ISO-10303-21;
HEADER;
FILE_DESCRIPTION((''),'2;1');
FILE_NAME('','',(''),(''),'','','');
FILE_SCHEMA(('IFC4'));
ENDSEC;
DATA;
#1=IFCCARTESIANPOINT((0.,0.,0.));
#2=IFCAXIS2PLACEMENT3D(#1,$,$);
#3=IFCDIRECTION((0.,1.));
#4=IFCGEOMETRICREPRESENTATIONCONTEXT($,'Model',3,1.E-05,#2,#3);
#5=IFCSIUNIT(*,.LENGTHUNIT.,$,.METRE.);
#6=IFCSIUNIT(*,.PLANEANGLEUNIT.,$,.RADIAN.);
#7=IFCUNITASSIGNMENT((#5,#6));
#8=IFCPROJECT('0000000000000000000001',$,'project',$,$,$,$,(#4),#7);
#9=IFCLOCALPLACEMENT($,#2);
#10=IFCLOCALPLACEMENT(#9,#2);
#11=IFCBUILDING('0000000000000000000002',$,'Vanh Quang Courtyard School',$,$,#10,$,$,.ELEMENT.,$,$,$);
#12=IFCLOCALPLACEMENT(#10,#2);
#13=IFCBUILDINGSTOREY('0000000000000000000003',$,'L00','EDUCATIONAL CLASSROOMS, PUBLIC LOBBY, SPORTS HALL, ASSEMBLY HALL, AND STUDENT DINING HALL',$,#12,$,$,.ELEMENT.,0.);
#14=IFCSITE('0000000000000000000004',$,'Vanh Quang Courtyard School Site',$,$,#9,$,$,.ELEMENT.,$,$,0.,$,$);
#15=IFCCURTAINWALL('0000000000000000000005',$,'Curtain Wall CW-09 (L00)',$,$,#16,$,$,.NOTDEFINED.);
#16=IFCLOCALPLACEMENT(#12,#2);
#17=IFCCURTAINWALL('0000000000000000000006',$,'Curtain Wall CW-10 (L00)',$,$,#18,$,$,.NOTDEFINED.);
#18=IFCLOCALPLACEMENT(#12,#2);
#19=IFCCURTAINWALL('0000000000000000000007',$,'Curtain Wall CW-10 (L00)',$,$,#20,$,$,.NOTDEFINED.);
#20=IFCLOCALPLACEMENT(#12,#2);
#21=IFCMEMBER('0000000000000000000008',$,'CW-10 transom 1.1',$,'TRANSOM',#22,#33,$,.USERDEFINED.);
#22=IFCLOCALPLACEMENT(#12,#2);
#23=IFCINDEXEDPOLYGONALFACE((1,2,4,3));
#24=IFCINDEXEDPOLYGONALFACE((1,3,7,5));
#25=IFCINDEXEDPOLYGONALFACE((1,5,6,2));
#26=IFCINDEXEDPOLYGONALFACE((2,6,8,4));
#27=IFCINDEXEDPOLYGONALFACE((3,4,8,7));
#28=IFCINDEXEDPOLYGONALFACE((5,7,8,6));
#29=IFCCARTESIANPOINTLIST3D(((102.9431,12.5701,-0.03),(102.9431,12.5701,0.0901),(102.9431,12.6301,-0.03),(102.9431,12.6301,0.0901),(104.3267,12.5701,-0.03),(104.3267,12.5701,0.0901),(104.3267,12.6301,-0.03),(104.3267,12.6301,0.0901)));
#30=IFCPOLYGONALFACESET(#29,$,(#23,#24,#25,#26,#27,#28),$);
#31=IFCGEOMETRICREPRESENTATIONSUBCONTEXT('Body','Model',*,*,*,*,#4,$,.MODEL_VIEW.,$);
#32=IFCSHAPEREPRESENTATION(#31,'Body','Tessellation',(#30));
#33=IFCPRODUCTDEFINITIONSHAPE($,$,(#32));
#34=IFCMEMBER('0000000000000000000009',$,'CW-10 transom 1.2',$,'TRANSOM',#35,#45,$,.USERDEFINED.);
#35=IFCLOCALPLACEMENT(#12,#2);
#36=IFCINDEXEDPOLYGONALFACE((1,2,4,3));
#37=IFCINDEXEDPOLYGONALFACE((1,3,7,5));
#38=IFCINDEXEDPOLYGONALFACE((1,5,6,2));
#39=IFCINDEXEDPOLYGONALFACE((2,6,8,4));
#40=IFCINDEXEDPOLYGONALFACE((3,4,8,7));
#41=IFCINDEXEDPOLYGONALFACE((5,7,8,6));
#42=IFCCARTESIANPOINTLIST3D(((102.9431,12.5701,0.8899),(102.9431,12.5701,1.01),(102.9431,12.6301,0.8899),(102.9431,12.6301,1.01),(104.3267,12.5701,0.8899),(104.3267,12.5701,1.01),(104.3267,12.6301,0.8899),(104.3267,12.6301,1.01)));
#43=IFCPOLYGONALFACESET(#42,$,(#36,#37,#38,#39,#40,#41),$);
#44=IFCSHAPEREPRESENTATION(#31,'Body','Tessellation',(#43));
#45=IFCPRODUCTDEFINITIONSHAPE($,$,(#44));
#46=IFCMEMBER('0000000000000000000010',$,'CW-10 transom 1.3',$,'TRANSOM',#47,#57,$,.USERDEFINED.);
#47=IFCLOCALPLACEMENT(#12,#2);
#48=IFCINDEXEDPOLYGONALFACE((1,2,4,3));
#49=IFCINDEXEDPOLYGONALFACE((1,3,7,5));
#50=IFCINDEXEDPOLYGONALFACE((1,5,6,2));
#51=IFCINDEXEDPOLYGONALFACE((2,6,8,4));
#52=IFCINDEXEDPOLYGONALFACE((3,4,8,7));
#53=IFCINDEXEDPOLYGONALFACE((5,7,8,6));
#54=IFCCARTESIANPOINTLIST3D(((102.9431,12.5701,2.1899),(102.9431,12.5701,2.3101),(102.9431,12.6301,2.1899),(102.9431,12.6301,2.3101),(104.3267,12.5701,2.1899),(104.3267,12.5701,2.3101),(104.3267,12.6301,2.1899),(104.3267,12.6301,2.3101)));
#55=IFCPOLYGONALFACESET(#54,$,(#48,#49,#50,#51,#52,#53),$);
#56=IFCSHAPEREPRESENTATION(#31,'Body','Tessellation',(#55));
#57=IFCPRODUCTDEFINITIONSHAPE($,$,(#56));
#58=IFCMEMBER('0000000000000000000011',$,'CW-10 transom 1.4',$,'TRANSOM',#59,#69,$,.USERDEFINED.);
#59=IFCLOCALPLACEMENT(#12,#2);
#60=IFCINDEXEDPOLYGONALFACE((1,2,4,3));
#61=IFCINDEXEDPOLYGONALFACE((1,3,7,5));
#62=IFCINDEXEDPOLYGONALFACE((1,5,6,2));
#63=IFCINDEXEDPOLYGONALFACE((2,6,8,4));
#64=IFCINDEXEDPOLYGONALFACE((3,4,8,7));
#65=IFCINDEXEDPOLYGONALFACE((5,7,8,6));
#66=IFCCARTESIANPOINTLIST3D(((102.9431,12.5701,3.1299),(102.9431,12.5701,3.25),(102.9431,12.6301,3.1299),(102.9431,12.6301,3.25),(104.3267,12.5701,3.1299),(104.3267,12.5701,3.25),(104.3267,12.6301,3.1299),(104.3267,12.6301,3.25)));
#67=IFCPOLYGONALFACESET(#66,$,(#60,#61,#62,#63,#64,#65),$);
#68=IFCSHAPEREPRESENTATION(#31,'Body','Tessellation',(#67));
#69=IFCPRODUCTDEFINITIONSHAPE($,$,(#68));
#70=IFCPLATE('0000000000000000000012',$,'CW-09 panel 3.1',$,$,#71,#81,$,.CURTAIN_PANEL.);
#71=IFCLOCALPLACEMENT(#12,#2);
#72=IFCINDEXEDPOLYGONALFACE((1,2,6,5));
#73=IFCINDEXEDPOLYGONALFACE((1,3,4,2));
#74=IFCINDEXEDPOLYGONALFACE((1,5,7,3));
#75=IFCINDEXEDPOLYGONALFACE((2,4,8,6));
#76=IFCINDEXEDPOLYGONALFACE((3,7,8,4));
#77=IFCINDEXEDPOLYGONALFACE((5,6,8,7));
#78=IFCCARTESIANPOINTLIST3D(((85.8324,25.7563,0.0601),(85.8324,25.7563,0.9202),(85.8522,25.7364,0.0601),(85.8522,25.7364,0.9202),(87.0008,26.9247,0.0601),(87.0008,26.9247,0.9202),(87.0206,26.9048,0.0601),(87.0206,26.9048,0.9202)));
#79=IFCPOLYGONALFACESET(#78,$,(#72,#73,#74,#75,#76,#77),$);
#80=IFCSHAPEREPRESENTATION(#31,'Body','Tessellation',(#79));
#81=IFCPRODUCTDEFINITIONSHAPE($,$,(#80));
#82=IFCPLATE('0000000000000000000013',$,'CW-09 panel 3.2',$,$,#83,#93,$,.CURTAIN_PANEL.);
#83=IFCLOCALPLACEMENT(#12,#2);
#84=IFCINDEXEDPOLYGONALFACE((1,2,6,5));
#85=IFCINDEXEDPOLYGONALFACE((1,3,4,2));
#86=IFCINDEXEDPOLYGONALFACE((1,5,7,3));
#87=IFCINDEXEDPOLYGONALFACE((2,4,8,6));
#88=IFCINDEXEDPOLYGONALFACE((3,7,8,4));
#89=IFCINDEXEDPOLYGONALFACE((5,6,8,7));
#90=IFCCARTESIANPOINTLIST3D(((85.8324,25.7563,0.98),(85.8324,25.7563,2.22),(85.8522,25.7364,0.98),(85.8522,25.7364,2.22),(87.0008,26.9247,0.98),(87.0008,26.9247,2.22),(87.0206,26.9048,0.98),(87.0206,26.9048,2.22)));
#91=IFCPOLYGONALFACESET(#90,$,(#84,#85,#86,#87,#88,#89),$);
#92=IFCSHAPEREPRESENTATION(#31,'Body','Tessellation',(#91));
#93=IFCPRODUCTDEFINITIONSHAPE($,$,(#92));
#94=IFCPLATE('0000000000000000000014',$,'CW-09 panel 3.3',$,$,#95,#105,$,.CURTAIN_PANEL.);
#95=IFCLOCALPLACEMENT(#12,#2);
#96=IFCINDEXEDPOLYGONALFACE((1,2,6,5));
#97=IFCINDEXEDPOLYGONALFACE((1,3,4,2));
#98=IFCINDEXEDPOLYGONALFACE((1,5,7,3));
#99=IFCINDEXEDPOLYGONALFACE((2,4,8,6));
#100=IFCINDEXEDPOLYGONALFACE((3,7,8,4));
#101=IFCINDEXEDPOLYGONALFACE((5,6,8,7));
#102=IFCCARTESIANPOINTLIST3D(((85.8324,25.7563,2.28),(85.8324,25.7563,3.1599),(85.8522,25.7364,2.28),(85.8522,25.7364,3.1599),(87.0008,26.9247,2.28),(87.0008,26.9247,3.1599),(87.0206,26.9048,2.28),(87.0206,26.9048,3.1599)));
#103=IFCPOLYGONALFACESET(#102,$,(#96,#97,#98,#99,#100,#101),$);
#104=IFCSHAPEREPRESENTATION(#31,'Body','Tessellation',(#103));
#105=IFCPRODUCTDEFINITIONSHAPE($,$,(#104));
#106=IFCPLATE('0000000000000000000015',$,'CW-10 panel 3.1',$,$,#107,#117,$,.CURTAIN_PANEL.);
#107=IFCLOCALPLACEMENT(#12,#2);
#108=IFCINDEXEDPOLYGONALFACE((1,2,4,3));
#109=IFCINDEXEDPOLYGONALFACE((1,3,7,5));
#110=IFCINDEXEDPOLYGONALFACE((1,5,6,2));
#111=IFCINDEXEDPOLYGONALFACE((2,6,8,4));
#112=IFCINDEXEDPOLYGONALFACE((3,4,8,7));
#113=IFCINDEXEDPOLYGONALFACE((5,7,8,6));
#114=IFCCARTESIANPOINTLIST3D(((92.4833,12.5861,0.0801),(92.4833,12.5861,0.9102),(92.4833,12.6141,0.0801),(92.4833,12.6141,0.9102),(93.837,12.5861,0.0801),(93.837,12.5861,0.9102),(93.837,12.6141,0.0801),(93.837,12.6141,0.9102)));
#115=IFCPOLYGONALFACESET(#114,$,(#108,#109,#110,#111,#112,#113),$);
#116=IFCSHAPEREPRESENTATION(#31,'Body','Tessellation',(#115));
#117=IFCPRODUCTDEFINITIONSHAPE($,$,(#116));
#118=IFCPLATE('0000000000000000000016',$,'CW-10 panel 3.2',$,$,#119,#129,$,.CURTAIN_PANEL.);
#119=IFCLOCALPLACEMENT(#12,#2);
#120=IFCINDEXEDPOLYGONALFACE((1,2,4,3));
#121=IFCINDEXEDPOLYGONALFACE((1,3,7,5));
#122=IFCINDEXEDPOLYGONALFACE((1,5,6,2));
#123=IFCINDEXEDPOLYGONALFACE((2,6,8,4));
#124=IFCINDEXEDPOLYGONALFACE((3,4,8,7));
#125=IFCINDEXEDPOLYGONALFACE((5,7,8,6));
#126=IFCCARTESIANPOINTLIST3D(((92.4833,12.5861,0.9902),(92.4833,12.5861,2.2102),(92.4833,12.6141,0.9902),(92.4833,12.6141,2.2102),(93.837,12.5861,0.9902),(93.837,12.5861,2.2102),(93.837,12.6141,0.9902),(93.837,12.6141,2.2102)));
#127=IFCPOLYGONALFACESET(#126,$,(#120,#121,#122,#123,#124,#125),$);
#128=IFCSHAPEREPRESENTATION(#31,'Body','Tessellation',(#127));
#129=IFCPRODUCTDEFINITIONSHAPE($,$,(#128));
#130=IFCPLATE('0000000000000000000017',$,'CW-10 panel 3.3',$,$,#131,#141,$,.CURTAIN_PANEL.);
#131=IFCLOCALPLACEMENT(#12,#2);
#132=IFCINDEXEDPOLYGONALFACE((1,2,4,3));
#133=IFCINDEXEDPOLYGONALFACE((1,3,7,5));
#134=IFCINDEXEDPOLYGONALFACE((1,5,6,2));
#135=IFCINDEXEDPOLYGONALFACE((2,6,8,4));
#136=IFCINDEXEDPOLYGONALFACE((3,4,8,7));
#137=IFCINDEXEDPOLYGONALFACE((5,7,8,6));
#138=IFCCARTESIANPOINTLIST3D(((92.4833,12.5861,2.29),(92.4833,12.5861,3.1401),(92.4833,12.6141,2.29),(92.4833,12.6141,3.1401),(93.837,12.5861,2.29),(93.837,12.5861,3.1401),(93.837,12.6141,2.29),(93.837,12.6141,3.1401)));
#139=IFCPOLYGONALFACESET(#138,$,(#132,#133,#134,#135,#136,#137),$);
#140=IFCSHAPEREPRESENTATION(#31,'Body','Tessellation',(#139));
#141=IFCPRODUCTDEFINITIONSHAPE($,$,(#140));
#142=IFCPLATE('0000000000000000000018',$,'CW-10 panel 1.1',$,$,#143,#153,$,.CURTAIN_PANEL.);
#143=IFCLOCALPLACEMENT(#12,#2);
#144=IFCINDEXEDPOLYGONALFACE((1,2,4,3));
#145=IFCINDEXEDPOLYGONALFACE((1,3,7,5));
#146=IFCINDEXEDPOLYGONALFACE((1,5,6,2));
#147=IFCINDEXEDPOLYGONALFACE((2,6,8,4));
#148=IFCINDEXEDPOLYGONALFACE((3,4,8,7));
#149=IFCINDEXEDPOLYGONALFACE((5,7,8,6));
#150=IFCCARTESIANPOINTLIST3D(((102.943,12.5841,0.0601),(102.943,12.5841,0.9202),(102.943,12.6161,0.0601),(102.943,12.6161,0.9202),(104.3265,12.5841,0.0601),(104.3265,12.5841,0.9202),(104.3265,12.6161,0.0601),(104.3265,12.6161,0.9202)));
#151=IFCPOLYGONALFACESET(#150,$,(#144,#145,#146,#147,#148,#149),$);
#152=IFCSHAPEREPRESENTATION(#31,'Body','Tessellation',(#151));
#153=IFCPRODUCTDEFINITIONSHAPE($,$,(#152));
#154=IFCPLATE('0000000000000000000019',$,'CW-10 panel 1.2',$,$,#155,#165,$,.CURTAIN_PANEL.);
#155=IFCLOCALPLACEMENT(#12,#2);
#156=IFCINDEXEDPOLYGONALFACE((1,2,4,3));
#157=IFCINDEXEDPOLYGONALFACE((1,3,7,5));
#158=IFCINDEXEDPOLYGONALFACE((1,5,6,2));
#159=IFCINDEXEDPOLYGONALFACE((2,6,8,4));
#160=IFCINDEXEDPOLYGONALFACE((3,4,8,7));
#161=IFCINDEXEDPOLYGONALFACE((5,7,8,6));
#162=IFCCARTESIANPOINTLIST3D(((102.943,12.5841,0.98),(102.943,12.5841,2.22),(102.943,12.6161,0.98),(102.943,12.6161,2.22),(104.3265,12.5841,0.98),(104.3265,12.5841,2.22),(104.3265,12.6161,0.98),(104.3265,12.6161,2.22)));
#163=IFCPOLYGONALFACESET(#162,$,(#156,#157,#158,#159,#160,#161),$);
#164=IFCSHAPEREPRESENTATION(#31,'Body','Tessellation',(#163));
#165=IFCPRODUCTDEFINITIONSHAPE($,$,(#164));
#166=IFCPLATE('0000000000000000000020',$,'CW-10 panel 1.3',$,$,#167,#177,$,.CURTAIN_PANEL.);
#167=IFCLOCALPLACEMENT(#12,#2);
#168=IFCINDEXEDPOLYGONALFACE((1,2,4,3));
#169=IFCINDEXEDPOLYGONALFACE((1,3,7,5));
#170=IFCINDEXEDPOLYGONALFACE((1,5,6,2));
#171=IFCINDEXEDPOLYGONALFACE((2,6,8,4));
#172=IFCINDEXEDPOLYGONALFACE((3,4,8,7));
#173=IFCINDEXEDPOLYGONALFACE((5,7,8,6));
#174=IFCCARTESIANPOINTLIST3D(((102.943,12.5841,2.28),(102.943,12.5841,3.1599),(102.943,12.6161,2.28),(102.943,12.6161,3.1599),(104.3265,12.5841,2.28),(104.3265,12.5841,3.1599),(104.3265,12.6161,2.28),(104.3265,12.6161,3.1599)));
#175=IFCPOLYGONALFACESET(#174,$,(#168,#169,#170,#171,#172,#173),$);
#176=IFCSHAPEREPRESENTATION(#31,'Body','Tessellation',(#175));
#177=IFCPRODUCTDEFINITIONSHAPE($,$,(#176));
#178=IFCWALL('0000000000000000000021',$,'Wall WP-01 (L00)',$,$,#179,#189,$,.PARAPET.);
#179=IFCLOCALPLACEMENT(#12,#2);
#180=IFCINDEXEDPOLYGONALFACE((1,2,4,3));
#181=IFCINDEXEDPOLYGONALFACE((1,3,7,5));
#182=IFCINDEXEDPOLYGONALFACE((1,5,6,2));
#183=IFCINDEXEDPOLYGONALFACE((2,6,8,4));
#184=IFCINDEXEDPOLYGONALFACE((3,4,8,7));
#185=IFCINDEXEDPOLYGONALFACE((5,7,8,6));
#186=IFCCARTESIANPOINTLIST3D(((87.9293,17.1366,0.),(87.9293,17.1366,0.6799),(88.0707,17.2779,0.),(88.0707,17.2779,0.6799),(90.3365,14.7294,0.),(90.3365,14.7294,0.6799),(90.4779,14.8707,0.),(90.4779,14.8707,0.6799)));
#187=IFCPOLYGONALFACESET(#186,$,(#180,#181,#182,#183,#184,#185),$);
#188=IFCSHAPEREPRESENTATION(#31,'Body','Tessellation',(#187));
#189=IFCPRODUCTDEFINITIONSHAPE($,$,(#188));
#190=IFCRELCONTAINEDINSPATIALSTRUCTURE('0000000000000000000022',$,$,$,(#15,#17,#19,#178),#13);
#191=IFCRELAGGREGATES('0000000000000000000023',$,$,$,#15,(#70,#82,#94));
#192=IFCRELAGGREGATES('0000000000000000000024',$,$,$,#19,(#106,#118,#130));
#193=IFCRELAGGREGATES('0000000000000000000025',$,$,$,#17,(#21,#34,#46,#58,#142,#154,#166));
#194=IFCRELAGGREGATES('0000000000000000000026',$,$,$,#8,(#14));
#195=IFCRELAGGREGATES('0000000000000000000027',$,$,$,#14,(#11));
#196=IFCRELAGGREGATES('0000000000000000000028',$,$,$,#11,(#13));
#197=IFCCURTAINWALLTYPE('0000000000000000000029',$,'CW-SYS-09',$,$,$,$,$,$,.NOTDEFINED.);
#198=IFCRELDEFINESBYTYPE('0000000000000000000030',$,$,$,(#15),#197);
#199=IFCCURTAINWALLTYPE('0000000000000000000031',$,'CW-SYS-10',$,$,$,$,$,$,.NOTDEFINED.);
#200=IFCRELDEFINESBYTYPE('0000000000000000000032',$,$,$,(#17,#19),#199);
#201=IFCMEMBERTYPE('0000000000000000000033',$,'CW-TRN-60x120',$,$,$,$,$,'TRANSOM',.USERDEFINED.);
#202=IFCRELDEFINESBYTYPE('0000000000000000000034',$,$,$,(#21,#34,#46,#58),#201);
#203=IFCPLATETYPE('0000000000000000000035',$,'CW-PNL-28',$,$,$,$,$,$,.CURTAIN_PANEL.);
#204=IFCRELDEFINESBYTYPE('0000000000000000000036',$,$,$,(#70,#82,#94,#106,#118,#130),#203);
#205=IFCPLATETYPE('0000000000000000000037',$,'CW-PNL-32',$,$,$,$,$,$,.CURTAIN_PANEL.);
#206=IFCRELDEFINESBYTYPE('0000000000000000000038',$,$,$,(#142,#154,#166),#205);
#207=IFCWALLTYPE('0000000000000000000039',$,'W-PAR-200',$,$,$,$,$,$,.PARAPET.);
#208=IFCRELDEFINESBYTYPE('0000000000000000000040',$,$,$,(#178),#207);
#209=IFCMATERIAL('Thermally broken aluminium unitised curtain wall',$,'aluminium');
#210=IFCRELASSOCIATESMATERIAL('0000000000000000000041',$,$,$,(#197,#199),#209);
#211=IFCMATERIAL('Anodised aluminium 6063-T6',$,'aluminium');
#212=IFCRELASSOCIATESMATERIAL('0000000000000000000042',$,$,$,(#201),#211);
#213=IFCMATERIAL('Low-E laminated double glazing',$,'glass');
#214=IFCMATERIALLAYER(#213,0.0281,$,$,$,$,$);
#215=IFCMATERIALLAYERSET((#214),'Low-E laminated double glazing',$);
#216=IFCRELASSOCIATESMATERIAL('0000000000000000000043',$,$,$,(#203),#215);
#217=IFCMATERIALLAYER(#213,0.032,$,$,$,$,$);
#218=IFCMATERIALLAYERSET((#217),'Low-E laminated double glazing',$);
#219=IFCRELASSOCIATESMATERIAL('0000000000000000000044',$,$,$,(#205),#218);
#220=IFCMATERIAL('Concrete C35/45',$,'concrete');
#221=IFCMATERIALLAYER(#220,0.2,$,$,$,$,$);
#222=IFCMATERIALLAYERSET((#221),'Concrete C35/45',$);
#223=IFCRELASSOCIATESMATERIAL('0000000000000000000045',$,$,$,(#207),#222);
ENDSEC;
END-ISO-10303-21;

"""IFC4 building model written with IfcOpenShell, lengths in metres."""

from ifc_helpers import new_model, si_unit, direction, frame, frame_2d, origin, origin_2d, place, context, subcontext, project, spatial, rectangle, extrude, material, layer, layer_set, material_profile, profile_set, type_object, element, aggregate, save


model = new_model("IFC4")

# Units and contexts
model_context = context("Model", 3, precision=1e-05, world=origin(), true_north=direction((0.0, 1.0)))
body_context = subcontext(model_context, "Body", "Model", "MODEL_VIEW")
ifc_project = project(units=[si_unit("LENGTHUNIT", "METRE"), si_unit("PLANEANGLEUNIT", "RADIAN")], contexts=[model_context])

# Site, building, storey
site_placement = place(None, origin())
site = spatial("IfcSite", under=ifc_project, at=site_placement, Name="Vanh Quang Courtyard School Site", CompositionType="ELEMENT", RefElevation=0.0)
building_placement = place(site_placement, origin())
building = spatial("IfcBuilding", under=site, at=building_placement, Name="Vanh Quang Courtyard School", CompositionType="ELEMENT")
storey_placement = place(building_placement, origin())
storey = spatial("IfcBuildingStorey", under=building, at=storey_placement, Name="L00", Description="EDUCATIONAL CLASSROOMS, PUBLIC LOBBY, SPORTS HALL, ASSEMBLY HALL, AND STUDENT DINING HALL", CompositionType="ELEMENT", Elevation=0.0)

# Shared definitions
ifc_material_1 = material(Name="Concrete C35/45", Category="concrete")

# Curtain walls
ifc_material_2 = material(Name="Thermally broken aluminium unitised curtain wall", Category="aluminium")
curtain_wall_type_1 = type_object("IfcCurtainWallType", Name="CW-SYS-09", PredefinedType="NOTDEFINED", material=ifc_material_2)
curtain_wall_1_placement = place(storey_placement, origin())
curtain_wall_1 = element("IfcCurtainWall", 1, at=curtain_wall_1_placement, inside=storey, type_object=curtain_wall_type_1, Name="Curtain Wall CW-09 (L00)", PredefinedType="NOTDEFINED")
ifc_material_3 = material(Name="Anodised aluminium 6063-T6", Category="aluminium")
curtain_wall_type_2 = type_object("IfcCurtainWallType", Name="CW-SYS-10", PredefinedType="NOTDEFINED", material=ifc_material_2)
curtain_wall_2_placement = place(storey_placement, origin())
curtain_wall_2 = element("IfcCurtainWall", 2, at=curtain_wall_2_placement, inside=storey, type_object=curtain_wall_type_2, Name="Curtain Wall CW-10 (L00)", PredefinedType="NOTDEFINED")
curtain_wall_3_placement = place(storey_placement, origin())
curtain_wall_3 = element("IfcCurtainWall", 3, at=curtain_wall_3_placement, inside=storey, type_object=curtain_wall_type_2, Name="Curtain Wall CW-10 (L00)", PredefinedType="NOTDEFINED")

# Members
ifc_material_profile_1 = material_profile(ifc_material_3, rectangle(XDim=0.0601, YDim=0.1201, at=origin_2d()), Name="ALU-TRN 60x120")
ifc_profile_set_1 = profile_set([ifc_material_profile_1], Name="Anodised aluminium 6063-T6")
member_type_1 = type_object("IfcMemberType", Name="CW-TRN-60x120", ElementType="TRANSOM", PredefinedType="USERDEFINED", material=ifc_profile_set_1)
member_1_placement = place(storey_placement, frame((102.9431, 12.6001, 0.03), z_axis=(1.0, 0.0, 0.0), x_axis=(0.0, 1.0, 0.0)))
member_1 = element("IfcMember", 4, at=member_1_placement, type_object=member_type_1, Name="CW-10 transom 1.1", ObjectType="TRANSOM", PredefinedType="USERDEFINED", context=body_context, shape_type="SweptSolid", body=[
    extrude(rectangle(XDim=0.0601, YDim=0.1201, at=origin_2d()), origin(), (0.0, 0.0, 1.0), 1.3835),
])
member_2_placement = place(storey_placement, frame((102.9431, 12.6001, 0.95), z_axis=(1.0, 0.0, 0.0), x_axis=(0.0, 1.0, 0.0)))
member_2 = element("IfcMember", 5, at=member_2_placement, type_object=member_type_1, Name="CW-10 transom 1.2", ObjectType="TRANSOM", PredefinedType="USERDEFINED", context=body_context, shape_type="SweptSolid", body=[
    extrude(rectangle(XDim=0.0601, YDim=0.1201, at=origin_2d()), origin(), (0.0, 0.0, 1.0), 1.3835),
])
member_3_placement = place(storey_placement, frame((102.9431, 12.6001, 2.25), z_axis=(1.0, 0.0, 0.0), x_axis=(0.0, 1.0, 0.0)))
member_3 = element("IfcMember", 6, at=member_3_placement, type_object=member_type_1, Name="CW-10 transom 1.3", ObjectType="TRANSOM", PredefinedType="USERDEFINED", context=body_context, shape_type="SweptSolid", body=[
    extrude(rectangle(XDim=0.0601, YDim=0.1201, at=origin_2d()), origin(), (0.0, 0.0, 1.0), 1.3835),
])
member_4_placement = place(storey_placement, frame((102.9431, 12.6001, 3.1899), z_axis=(1.0, 0.0, 0.0), x_axis=(0.0, 1.0, 0.0)))
member_4 = element("IfcMember", 7, at=member_4_placement, type_object=member_type_1, Name="CW-10 transom 1.4", ObjectType="TRANSOM", PredefinedType="USERDEFINED", context=body_context, shape_type="SweptSolid", body=[
    extrude(rectangle(XDim=0.0601, YDim=0.1201, at=origin_2d()), origin(), (0.0, 0.0, 1.0), 1.3835),
])

# Plates
ifc_material_4 = material(Name="Low-E laminated double glazing", Category="glass")
ifc_layer_1 = layer(ifc_material_4, 0.0281)
ifc_layer_set_1 = layer_set([ifc_layer_1], Name="Low-E laminated double glazing")
plate_type_1 = type_object("IfcPlateType", Name="CW-PNL-28", PredefinedType="CURTAIN_PANEL", material=ifc_layer_set_1)
plate_1_placement = place(storey_placement, frame((86.4265, 26.3306, 0.0601), z_axis=(0.0, 0.0, 1.0), x_axis=(-0.707107, -0.707107, 0.0)))
plate_1 = element("IfcPlate", 8, at=plate_1_placement, type_object=plate_type_1, Name="CW-09 panel 3.1", PredefinedType="CURTAIN_PANEL", context=body_context, shape_type="SweptSolid", body=[
    extrude(rectangle(XDim=1.6523, YDim=0.0281, at=origin_2d()), origin(), (0.0, 0.0, 1.0), 0.8601),
])
plate_2_placement = place(storey_placement, frame((86.4265, 26.3306, 0.98), z_axis=(0.0, 0.0, 1.0), x_axis=(-0.707107, -0.707107, 0.0)))
plate_2 = element("IfcPlate", 9, at=plate_2_placement, type_object=plate_type_1, Name="CW-09 panel 3.2", PredefinedType="CURTAIN_PANEL", context=body_context, shape_type="SweptSolid", body=[
    extrude(rectangle(XDim=1.6523, YDim=0.0281, at=origin_2d()), origin(), (0.0, 0.0, 1.0), 1.24),
])
plate_3_placement = place(storey_placement, frame((86.4265, 26.3306, 2.28), z_axis=(0.0, 0.0, 1.0), x_axis=(-0.707107, -0.707107, 0.0)))
plate_3 = element("IfcPlate", 10, at=plate_3_placement, type_object=plate_type_1, Name="CW-09 panel 3.3", PredefinedType="CURTAIN_PANEL", context=body_context, shape_type="SweptSolid", body=[
    extrude(rectangle(XDim=1.6523, YDim=0.0281, at=origin_2d()), origin(), (0.0, 0.0, 1.0), 0.8799),
])
aggregate(curtain_wall_1, [plate_1, plate_2, plate_3])
plate_4_placement = place(storey_placement, frame((93.1602, 12.6001, 0.0801), z_axis=(0.0, 0.0, 1.0), x_axis=(1.0, 0.0, 0.0)))
plate_4 = element("IfcPlate", 11, at=plate_4_placement, type_object=plate_type_1, Name="CW-10 panel 3.1", PredefinedType="CURTAIN_PANEL", context=body_context, shape_type="SweptSolid", body=[
    extrude(rectangle(XDim=1.3538, YDim=0.0281, at=origin_2d()), origin(), (0.0, 0.0, 1.0), 0.8301),
])
plate_5_placement = place(storey_placement, frame((93.1602, 12.6001, 0.9902), z_axis=(0.0, 0.0, 1.0), x_axis=(1.0, 0.0, 0.0)))
plate_5 = element("IfcPlate", 12, at=plate_5_placement, type_object=plate_type_1, Name="CW-10 panel 3.2", PredefinedType="CURTAIN_PANEL", context=body_context, shape_type="SweptSolid", body=[
    extrude(rectangle(XDim=1.3538, YDim=0.0281, at=origin_2d()), origin(), (0.0, 0.0, 1.0), 1.22),
])
plate_6_placement = place(storey_placement, frame((93.1602, 12.6001, 2.29), z_axis=(0.0, 0.0, 1.0), x_axis=(1.0, 0.0, 0.0)))
plate_6 = element("IfcPlate", 13, at=plate_6_placement, type_object=plate_type_1, Name="CW-10 panel 3.3", PredefinedType="CURTAIN_PANEL", context=body_context, shape_type="SweptSolid", body=[
    extrude(rectangle(XDim=1.3538, YDim=0.0281, at=origin_2d()), origin(), (0.0, 0.0, 1.0), 0.8501),
])
aggregate(curtain_wall_3, [plate_4, plate_5, plate_6])
ifc_layer_2 = layer(ifc_material_4, 0.032)
ifc_layer_set_2 = layer_set([ifc_layer_2], Name="Low-E laminated double glazing")
plate_type_2 = type_object("IfcPlateType", Name="CW-PNL-32", PredefinedType="CURTAIN_PANEL", material=ifc_layer_set_2)
plate_7_placement = place(storey_placement, frame((103.6348, 12.6001, 0.0601), z_axis=(0.0, 0.0, 1.0), x_axis=(1.0, 0.0, 0.0)))
plate_7 = element("IfcPlate", 14, at=plate_7_placement, type_object=plate_type_2, Name="CW-10 panel 1.1", PredefinedType="CURTAIN_PANEL", context=body_context, shape_type="SweptSolid", body=[
    extrude(rectangle(XDim=1.3835, YDim=0.032, at=origin_2d()), origin(), (0.0, 0.0, 1.0), 0.8601),
])
plate_8_placement = place(storey_placement, frame((103.6348, 12.6001, 0.98), z_axis=(0.0, 0.0, 1.0), x_axis=(1.0, 0.0, 0.0)))
plate_8 = element("IfcPlate", 15, at=plate_8_placement, type_object=plate_type_2, Name="CW-10 panel 1.2", PredefinedType="CURTAIN_PANEL", context=body_context, shape_type="SweptSolid", body=[
    extrude(rectangle(XDim=1.3835, YDim=0.032, at=origin_2d()), origin(), (0.0, 0.0, 1.0), 1.24),
])
plate_9_placement = place(storey_placement, frame((103.6348, 12.6001, 2.28), z_axis=(0.0, 0.0, 1.0), x_axis=(1.0, 0.0, 0.0)))
plate_9 = element("IfcPlate", 16, at=plate_9_placement, type_object=plate_type_2, Name="CW-10 panel 1.3", PredefinedType="CURTAIN_PANEL", context=body_context, shape_type="SweptSolid", body=[
    extrude(rectangle(XDim=1.3835, YDim=0.032, at=origin_2d()), origin(), (0.0, 0.0, 1.0), 0.8799),
])
aggregate(curtain_wall_2, [member_1, member_2, member_3, member_4, plate_7, plate_8, plate_9])

# Wall
ifc_layer_3 = layer(ifc_material_1, 0.2)
ifc_layer_set_3 = layer_set([ifc_layer_3], Name="Concrete C35/45")
wall_type_1 = type_object("IfcWallType", Name="W-PAR-200", PredefinedType="PARAPET", material=ifc_layer_set_3)
wall_1_placement = place(storey_placement, frame((90.4072, 14.8, 0.0), z_axis=(0.0, 0.0, 1.0), x_axis=(-0.707107, 0.707107, 0.0)))
element("IfcWall", 17, at=wall_1_placement, inside=storey, type_object=wall_type_1, Name="Wall WP-01 (L00)", PredefinedType="PARAPET", context=body_context, shape_type="SweptSolid", body=[
    extrude(rectangle(XDim=3.4043, YDim=0.2, at=frame_2d((1.7021, 0.0))), origin(), (0.0, 0.0, 1.0), 0.6799),
])

save(model, "model.ifc")
